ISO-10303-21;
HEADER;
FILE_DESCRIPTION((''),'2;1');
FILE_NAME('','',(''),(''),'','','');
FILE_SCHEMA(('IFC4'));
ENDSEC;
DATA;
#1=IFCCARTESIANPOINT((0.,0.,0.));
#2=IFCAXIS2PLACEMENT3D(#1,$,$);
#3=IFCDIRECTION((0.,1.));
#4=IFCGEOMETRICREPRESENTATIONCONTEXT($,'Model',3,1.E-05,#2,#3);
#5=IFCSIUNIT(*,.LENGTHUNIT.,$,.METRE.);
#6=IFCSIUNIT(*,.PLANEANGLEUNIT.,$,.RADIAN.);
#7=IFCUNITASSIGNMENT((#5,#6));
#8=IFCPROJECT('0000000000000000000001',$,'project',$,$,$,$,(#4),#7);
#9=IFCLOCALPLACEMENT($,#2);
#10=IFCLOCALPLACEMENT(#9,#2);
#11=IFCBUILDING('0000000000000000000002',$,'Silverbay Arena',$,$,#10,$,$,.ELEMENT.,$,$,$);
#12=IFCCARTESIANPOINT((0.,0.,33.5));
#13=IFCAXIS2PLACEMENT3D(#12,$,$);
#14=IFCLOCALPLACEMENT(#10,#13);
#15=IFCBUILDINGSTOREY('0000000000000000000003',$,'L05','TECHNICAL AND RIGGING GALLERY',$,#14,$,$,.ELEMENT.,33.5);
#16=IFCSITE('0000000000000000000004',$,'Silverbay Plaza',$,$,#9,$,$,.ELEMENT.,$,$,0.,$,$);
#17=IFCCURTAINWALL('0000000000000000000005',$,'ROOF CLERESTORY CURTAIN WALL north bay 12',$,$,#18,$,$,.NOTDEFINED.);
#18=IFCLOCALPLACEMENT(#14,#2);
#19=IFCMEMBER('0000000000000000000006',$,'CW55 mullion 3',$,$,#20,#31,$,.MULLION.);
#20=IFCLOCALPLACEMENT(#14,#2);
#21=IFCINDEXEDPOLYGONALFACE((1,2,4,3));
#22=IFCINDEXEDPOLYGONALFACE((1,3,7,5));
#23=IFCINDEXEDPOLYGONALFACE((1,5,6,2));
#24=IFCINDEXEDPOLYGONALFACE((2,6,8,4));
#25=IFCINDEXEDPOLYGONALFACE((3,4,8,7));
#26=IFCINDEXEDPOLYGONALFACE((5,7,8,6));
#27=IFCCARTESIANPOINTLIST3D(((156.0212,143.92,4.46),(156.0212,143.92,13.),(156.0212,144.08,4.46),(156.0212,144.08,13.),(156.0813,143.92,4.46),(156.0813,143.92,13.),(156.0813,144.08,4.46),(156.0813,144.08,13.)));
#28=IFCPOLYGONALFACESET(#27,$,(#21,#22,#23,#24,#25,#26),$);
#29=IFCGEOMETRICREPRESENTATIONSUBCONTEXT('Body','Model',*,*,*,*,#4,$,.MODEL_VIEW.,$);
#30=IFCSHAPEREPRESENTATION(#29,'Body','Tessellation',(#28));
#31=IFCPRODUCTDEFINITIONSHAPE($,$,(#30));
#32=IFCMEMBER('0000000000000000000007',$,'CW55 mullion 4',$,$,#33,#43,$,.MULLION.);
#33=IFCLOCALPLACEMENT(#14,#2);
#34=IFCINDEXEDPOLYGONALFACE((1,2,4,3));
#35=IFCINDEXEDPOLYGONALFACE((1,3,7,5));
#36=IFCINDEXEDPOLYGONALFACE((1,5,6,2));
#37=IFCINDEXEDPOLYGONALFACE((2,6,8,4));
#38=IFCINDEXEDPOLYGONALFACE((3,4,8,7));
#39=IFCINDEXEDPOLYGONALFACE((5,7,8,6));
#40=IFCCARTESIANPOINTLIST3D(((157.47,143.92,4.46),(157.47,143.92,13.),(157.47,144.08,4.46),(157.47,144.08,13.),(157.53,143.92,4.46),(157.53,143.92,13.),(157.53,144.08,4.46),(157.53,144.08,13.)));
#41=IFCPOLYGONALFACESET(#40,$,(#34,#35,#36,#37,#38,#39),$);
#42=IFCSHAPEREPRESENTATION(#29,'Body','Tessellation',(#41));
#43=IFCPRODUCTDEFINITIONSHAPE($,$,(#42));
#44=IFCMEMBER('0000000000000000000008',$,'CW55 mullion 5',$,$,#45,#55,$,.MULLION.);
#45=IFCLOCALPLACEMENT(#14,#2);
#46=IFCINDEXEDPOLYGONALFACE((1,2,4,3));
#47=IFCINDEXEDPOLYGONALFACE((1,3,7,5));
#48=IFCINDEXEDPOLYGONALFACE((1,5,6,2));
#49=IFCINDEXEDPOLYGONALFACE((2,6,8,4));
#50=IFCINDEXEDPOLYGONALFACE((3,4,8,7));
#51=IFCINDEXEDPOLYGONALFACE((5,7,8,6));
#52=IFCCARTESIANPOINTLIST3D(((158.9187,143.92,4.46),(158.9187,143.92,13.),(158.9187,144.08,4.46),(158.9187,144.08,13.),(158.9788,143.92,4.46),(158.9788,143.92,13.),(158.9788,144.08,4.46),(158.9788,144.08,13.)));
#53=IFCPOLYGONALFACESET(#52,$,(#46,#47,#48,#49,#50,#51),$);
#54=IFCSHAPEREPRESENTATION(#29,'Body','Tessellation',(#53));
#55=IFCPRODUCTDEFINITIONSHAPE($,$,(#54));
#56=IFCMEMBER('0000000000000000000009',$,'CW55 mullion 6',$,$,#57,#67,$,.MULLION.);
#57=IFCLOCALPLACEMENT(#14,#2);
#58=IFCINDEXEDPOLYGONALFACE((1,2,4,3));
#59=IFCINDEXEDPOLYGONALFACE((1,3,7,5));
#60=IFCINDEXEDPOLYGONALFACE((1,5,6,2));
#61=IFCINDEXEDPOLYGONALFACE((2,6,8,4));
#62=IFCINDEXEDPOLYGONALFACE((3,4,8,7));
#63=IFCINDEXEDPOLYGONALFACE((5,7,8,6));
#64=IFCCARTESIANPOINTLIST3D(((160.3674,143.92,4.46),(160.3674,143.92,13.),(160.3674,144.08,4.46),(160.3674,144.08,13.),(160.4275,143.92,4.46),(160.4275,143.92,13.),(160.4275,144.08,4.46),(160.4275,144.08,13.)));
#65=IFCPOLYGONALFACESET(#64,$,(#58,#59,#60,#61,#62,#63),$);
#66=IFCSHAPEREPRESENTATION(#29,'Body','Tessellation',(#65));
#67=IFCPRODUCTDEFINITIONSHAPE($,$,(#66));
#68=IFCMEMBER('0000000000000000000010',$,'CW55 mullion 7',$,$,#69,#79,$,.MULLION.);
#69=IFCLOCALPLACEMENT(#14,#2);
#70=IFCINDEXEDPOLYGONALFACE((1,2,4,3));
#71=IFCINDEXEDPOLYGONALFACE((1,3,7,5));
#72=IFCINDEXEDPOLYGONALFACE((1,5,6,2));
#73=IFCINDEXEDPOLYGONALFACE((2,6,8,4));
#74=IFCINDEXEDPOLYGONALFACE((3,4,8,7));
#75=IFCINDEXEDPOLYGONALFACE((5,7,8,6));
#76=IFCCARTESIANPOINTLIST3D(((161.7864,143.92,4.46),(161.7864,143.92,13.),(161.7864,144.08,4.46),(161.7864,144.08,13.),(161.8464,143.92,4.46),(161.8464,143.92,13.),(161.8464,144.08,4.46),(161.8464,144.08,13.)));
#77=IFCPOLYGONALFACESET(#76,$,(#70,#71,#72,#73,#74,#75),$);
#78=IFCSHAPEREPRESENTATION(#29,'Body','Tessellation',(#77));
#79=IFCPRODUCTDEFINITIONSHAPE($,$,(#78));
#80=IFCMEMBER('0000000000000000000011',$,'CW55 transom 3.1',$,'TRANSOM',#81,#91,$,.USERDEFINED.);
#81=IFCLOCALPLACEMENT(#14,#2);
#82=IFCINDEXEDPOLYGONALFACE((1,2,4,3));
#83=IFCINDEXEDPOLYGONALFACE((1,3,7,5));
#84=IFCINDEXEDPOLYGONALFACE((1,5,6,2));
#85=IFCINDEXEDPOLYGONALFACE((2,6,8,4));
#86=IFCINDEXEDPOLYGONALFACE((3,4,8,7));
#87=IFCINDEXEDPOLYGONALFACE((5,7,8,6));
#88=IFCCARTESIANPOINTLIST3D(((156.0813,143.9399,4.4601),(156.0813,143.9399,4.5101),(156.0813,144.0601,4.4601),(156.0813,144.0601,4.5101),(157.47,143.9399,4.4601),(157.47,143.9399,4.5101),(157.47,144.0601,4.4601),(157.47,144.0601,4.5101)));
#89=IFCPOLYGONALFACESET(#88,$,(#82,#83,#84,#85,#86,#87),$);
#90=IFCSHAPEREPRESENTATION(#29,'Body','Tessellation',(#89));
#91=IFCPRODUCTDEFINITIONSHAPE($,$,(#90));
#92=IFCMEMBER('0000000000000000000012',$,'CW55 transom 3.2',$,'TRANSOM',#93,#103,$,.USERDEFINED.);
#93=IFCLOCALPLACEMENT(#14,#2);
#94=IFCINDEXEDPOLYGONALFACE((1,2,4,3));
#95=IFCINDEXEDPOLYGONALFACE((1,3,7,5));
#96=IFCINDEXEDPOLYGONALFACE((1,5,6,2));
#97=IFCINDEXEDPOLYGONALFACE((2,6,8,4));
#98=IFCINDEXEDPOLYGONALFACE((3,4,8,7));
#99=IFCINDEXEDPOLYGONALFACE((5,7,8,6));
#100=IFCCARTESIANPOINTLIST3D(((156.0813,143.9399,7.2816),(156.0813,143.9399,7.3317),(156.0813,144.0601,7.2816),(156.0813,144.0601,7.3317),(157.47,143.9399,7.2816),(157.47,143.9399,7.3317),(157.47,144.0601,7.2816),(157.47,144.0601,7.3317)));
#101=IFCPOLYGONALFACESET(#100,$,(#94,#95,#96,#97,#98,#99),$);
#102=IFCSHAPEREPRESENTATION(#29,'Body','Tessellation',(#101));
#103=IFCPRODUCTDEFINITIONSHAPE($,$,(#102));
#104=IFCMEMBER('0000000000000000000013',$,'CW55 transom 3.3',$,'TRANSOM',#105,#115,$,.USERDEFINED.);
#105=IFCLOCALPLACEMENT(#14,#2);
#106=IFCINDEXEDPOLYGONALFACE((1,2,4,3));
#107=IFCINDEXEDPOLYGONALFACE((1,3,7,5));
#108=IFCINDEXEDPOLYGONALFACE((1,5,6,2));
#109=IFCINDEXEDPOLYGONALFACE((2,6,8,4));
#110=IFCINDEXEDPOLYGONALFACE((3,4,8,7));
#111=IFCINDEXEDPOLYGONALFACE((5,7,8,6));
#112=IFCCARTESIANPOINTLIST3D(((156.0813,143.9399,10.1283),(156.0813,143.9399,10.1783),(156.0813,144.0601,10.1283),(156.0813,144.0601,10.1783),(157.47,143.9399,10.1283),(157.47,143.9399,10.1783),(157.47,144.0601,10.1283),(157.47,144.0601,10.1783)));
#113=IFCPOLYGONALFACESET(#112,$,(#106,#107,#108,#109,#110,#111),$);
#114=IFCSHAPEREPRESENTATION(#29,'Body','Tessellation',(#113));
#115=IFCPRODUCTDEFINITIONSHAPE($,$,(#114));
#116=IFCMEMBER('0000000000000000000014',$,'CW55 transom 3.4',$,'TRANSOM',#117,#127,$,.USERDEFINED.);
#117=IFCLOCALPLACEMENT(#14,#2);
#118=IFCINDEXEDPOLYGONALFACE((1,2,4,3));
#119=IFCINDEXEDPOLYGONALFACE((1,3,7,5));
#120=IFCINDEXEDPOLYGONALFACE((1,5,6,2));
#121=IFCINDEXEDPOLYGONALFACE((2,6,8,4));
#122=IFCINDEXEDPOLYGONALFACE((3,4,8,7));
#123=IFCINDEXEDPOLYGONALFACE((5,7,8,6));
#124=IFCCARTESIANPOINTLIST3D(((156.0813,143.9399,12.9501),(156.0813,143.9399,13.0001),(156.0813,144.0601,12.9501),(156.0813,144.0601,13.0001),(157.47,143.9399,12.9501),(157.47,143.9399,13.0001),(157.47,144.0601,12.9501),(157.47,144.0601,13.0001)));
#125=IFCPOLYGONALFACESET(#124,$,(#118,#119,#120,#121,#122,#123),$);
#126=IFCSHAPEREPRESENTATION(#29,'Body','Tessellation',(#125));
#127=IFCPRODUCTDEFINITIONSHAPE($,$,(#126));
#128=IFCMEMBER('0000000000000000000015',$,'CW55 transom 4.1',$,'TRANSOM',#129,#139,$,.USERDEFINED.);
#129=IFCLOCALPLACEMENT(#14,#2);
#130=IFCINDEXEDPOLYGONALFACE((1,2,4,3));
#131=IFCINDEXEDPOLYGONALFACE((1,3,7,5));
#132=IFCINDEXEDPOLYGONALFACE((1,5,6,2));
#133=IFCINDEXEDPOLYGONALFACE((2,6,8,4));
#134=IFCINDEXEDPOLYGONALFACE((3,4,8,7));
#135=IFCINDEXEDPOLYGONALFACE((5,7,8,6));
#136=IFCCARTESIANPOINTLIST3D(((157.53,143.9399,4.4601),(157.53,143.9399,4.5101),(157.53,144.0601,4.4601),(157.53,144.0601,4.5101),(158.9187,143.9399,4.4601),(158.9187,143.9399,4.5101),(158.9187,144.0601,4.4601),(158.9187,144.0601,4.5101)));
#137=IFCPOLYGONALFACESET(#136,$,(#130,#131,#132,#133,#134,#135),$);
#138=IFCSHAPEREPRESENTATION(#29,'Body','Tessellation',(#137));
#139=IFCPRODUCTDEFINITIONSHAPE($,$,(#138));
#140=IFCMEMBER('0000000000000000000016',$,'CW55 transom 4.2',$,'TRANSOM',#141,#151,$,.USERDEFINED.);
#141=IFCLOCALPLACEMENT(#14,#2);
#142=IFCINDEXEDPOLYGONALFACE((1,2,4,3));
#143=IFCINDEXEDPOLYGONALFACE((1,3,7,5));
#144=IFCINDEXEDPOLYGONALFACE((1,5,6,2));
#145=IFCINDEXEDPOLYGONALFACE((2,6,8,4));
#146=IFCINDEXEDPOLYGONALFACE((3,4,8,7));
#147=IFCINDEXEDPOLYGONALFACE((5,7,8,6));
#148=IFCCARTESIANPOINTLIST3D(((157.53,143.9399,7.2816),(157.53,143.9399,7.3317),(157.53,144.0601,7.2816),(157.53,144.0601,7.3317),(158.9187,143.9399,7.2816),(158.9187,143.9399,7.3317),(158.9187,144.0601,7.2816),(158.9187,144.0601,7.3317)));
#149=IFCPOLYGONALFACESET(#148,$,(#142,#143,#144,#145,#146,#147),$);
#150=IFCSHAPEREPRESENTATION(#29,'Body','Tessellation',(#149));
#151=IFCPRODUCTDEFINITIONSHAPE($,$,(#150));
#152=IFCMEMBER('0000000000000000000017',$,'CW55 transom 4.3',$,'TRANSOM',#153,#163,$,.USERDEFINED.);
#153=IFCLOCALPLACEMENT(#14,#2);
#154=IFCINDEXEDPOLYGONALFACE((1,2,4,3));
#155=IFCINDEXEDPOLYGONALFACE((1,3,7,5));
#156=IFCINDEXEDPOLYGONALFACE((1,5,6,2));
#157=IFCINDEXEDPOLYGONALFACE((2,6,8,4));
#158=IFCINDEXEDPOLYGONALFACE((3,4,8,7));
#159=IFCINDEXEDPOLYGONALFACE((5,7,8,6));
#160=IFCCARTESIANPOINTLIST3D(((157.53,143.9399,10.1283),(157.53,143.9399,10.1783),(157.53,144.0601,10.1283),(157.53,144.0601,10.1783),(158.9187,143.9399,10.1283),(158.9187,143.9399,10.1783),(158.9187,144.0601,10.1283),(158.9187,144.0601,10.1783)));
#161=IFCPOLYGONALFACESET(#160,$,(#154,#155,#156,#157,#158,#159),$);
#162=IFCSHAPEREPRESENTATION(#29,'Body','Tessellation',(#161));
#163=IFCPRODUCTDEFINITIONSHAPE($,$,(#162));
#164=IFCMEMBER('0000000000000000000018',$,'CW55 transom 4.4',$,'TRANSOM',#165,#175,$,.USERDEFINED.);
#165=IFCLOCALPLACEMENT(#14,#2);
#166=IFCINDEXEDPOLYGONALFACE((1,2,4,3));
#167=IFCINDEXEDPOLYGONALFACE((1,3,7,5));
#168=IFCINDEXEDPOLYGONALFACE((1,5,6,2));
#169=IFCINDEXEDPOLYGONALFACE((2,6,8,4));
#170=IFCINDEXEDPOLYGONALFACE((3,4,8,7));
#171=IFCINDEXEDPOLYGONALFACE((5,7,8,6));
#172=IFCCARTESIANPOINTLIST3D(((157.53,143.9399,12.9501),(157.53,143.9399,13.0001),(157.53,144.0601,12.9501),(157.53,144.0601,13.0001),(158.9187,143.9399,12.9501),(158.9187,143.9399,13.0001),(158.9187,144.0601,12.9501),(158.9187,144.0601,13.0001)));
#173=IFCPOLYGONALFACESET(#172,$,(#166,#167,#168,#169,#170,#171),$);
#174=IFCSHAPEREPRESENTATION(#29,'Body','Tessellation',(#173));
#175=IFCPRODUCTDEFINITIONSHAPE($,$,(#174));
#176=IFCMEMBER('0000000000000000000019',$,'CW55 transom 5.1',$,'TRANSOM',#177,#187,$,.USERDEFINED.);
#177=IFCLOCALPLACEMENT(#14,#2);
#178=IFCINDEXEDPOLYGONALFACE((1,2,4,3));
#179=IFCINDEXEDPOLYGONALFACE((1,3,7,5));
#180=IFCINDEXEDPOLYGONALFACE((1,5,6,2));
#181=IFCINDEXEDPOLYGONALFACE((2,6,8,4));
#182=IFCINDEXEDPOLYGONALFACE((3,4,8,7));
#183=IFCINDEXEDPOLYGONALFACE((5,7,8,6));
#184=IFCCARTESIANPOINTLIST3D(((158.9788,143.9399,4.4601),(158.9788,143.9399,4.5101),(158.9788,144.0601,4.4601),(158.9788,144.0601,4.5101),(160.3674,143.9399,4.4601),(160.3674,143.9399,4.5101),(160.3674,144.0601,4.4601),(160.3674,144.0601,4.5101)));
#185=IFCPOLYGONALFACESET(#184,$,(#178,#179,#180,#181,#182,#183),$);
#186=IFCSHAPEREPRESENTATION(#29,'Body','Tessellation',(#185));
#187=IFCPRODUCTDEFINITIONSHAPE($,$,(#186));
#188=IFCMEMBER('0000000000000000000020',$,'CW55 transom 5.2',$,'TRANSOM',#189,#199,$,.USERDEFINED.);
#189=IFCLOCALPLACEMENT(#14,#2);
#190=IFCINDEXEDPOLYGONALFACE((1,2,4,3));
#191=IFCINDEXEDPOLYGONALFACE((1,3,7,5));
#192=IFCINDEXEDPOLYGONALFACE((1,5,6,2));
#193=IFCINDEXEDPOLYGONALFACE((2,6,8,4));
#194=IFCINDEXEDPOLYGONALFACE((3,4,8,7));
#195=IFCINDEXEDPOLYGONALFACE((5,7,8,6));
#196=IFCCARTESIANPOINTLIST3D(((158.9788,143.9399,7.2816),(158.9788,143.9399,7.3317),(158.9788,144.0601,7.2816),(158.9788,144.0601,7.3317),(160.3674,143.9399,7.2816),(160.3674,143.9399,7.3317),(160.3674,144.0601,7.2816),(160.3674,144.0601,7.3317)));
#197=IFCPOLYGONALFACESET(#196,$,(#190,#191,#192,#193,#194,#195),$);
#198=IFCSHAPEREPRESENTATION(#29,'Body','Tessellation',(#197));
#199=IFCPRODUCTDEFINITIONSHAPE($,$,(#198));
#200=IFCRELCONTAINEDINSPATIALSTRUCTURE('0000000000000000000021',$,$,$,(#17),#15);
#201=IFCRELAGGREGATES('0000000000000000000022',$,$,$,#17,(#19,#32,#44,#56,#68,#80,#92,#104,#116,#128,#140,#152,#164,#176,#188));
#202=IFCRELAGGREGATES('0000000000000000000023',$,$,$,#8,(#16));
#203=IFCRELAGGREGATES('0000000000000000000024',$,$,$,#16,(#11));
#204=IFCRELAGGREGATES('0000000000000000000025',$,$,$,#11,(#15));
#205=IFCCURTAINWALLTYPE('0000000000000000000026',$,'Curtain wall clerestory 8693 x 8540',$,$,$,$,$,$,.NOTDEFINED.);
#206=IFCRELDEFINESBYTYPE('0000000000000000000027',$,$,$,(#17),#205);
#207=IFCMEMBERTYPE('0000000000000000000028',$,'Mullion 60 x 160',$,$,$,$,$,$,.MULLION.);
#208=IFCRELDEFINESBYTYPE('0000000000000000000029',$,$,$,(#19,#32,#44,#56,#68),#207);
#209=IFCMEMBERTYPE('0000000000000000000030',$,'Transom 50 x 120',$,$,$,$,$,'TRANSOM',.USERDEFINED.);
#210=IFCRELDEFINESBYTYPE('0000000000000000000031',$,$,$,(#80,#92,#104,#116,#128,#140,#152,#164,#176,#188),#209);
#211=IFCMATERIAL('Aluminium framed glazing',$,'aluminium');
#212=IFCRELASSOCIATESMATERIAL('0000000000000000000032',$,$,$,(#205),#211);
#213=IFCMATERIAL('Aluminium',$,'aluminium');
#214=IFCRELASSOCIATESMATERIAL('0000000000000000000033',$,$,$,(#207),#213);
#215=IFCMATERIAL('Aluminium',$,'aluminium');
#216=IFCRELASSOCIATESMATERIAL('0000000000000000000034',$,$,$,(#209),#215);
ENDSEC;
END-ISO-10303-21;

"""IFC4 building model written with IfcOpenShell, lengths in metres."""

from ifc_helpers import new_model, si_unit, direction, frame, origin, origin_2d, place, context, subcontext, project, spatial, rectangle, extrude, material, material_profile, profile_set, type_object, element, aggregate, save


model = new_model("IFC4")

# Units and contexts
model_context = context("Model", 3, precision=1e-05, world=origin(), true_north=direction((0.0, 1.0)))
body_context = subcontext(model_context, "Body", "Model", "MODEL_VIEW")
ifc_project = project(units=[si_unit("LENGTHUNIT", "METRE"), si_unit("PLANEANGLEUNIT", "RADIAN")], contexts=[model_context])

# Site, building, storey
site_placement = place(None, origin())
site = spatial("IfcSite", under=ifc_project, at=site_placement, Name="Silverbay Plaza", CompositionType="ELEMENT", RefElevation=0.0)
building_placement = place(site_placement, origin())
building = spatial("IfcBuilding", under=site, at=building_placement, Name="Silverbay Arena", CompositionType="ELEMENT")
storey_placement = place(building_placement, frame((0.0, 0.0, 33.5)))
storey = spatial("IfcBuildingStorey", under=building, at=storey_placement, Name="L05", Description="TECHNICAL AND RIGGING GALLERY", CompositionType="ELEMENT", Elevation=33.5)

# Curtain wall, members
ifc_material_1 = material(Name="Aluminium framed glazing", Category="aluminium")
curtain_wall_type = type_object("IfcCurtainWallType", Name="Curtain wall clerestory 8693 x 8540", PredefinedType="NOTDEFINED", material=ifc_material_1)
curtain_wall_placement = place(storey_placement, origin())
curtain_wall = element("IfcCurtainWall", 1, at=curtain_wall_placement, inside=storey, type_object=curtain_wall_type, Name="ROOF CLERESTORY CURTAIN WALL north bay 12", PredefinedType="NOTDEFINED")
ifc_material_2 = material(Name="Aluminium", Category="aluminium")
ifc_material_profile_1 = material_profile(ifc_material_2, rectangle(XDim=0.1599, YDim=0.0601, at=origin_2d()), Name="Mullion 60 x 160")
ifc_profile_set_1 = profile_set([ifc_material_profile_1], Name="Aluminium")
member_type_1 = type_object("IfcMemberType", Name="Mullion 60 x 160", PredefinedType="MULLION", material=ifc_profile_set_1)
member_1_placement = place(storey_placement, frame((156.0513, 144.0, 4.46), z_axis=(0.0, 0.0, 1.0), x_axis=(0.0, 1.0, 0.0)))
member_1 = element("IfcMember", 2, at=member_1_placement, type_object=member_type_1, Name="CW55 mullion 3", PredefinedType="MULLION", context=body_context, shape_type="SweptSolid", body=[
    extrude(rectangle(XDim=0.1599, YDim=0.0601, at=origin_2d()), origin(), (0.0, 0.0, 1.0), 8.54),
])
member_2_placement = place(storey_placement, frame((157.5, 144.0, 4.46), z_axis=(0.0, 0.0, 1.0), x_axis=(0.0, 1.0, 0.0)))
member_2 = element("IfcMember", 3, at=member_2_placement, type_object=member_type_1, Name="CW55 mullion 4", PredefinedType="MULLION", context=body_context, shape_type="SweptSolid", body=[
    extrude(rectangle(XDim=0.1599, YDim=0.0601, at=origin_2d()), origin(), (0.0, 0.0, 1.0), 8.54),
])
member_3_placement = place(storey_placement, frame((158.9487, 144.0, 4.46), z_axis=(0.0, 0.0, 1.0), x_axis=(0.0, 1.0, 0.0)))
member_3 = element("IfcMember", 4, at=member_3_placement, type_object=member_type_1, Name="CW55 mullion 5", PredefinedType="MULLION", context=body_context, shape_type="SweptSolid", body=[
    extrude(rectangle(XDim=0.1599, YDim=0.0601, at=origin_2d()), origin(), (0.0, 0.0, 1.0), 8.54),
])
member_4_placement = place(storey_placement, frame((160.3975, 144.0, 4.46), z_axis=(0.0, 0.0, 1.0), x_axis=(0.0, 1.0, 0.0)))
member_4 = element("IfcMember", 5, at=member_4_placement, type_object=member_type_1, Name="CW55 mullion 6", PredefinedType="MULLION", context=body_context, shape_type="SweptSolid", body=[
    extrude(rectangle(XDim=0.1599, YDim=0.0601, at=origin_2d()), origin(), (0.0, 0.0, 1.0), 8.54),
])
member_5_placement = place(storey_placement, frame((161.8164, 144.0, 4.46), z_axis=(0.0, 0.0, 1.0), x_axis=(0.0, 1.0, 0.0)))
member_5 = element("IfcMember", 6, at=member_5_placement, type_object=member_type_1, Name="CW55 mullion 7", PredefinedType="MULLION", context=body_context, shape_type="SweptSolid", body=[
    extrude(rectangle(XDim=0.1599, YDim=0.0601, at=origin_2d()), origin(), (0.0, 0.0, 1.0), 8.54),
])
ifc_material_3 = material(Name="Aluminium", Category="aluminium")
ifc_material_profile_2 = material_profile(ifc_material_3, rectangle(XDim=0.1201, YDim=0.05, at=origin_2d()), Name="Transom 50 x 120")
ifc_profile_set_2 = profile_set([ifc_material_profile_2], Name="Aluminium")
member_type_2 = type_object("IfcMemberType", Name="Transom 50 x 120", ElementType="TRANSOM", PredefinedType="USERDEFINED", material=ifc_profile_set_2)
member_6_placement = place(storey_placement, frame((156.0813, 144.0, 4.4851), z_axis=(1.0, 0.0, 0.0), x_axis=(0.0, 1.0, 0.0)))
member_6 = element("IfcMember", 7, at=member_6_placement, type_object=member_type_2, Name="CW55 transom 3.1", ObjectType="TRANSOM", PredefinedType="USERDEFINED", context=body_context, shape_type="SweptSolid", body=[
    extrude(rectangle(XDim=0.1201, YDim=0.05, at=origin_2d()), origin(), (0.0, 0.0, 1.0), 1.3887),
])
member_7_placement = place(storey_placement, frame((156.0813, 144.0, 7.3066), z_axis=(1.0, 0.0, 0.0), x_axis=(0.0, 1.0, 0.0)))
member_7 = element("IfcMember", 8, at=member_7_placement, type_object=member_type_2, Name="CW55 transom 3.2", ObjectType="TRANSOM", PredefinedType="USERDEFINED", context=body_context, shape_type="SweptSolid", body=[
    extrude(rectangle(XDim=0.1201, YDim=0.05, at=origin_2d()), origin(), (0.0, 0.0, 1.0), 1.3887),
])
member_8_placement = place(storey_placement, frame((156.0813, 144.0, 10.1533), z_axis=(1.0, 0.0, 0.0), x_axis=(0.0, 1.0, 0.0)))
member_8 = element("IfcMember", 9, at=member_8_placement, type_object=member_type_2, Name="CW55 transom 3.3", ObjectType="TRANSOM", PredefinedType="USERDEFINED", context=body_context, shape_type="SweptSolid", body=[
    extrude(rectangle(XDim=0.1201, YDim=0.05, at=origin_2d()), origin(), (0.0, 0.0, 1.0), 1.3887),
])
member_9_placement = place(storey_placement, frame((156.0813, 144.0, 12.9751), z_axis=(1.0, 0.0, 0.0), x_axis=(0.0, 1.0, 0.0)))
member_9 = element("IfcMember", 10, at=member_9_placement, type_object=member_type_2, Name="CW55 transom 3.4", ObjectType="TRANSOM", PredefinedType="USERDEFINED", context=body_context, shape_type="SweptSolid", body=[
    extrude(rectangle(XDim=0.1201, YDim=0.05, at=origin_2d()), origin(), (0.0, 0.0, 1.0), 1.3887),
])
member_10_placement = place(storey_placement, frame((157.53, 144.0, 4.4851), z_axis=(1.0, 0.0, 0.0), x_axis=(0.0, 1.0, 0.0)))
member_10 = element("IfcMember", 11, at=member_10_placement, type_object=member_type_2, Name="CW55 transom 4.1", ObjectType="TRANSOM", PredefinedType="USERDEFINED", context=body_context, shape_type="SweptSolid", body=[
    extrude(rectangle(XDim=0.1201, YDim=0.05, at=origin_2d()), origin(), (0.0, 0.0, 1.0), 1.3887),
])
member_11_placement = place(storey_placement, frame((157.53, 144.0, 7.3066), z_axis=(1.0, 0.0, 0.0), x_axis=(0.0, 1.0, 0.0)))
member_11 = element("IfcMember", 12, at=member_11_placement, type_object=member_type_2, Name="CW55 transom 4.2", ObjectType="TRANSOM", PredefinedType="USERDEFINED", context=body_context, shape_type="SweptSolid", body=[
    extrude(rectangle(XDim=0.1201, YDim=0.05, at=origin_2d()), origin(), (0.0, 0.0, 1.0), 1.3887),
])
member_12_placement = place(storey_placement, frame((157.53, 144.0, 10.1533), z_axis=(1.0, 0.0, 0.0), x_axis=(0.0, 1.0, 0.0)))
member_12 = element("IfcMember", 13, at=member_12_placement, type_object=member_type_2, Name="CW55 transom 4.3", ObjectType="TRANSOM", PredefinedType="USERDEFINED", context=body_context, shape_type="SweptSolid", body=[
    extrude(rectangle(XDim=0.1201, YDim=0.05, at=origin_2d()), origin(), (0.0, 0.0, 1.0), 1.3887),
])
member_13_placement = place(storey_placement, frame((157.53, 144.0, 12.9751), z_axis=(1.0, 0.0, 0.0), x_axis=(0.0, 1.0, 0.0)))
member_13 = element("IfcMember", 14, at=member_13_placement, type_object=member_type_2, Name="CW55 transom 4.4", ObjectType="TRANSOM", PredefinedType="USERDEFINED", context=body_context, shape_type="SweptSolid", body=[
    extrude(rectangle(XDim=0.1201, YDim=0.05, at=origin_2d()), origin(), (0.0, 0.0, 1.0), 1.3887),
])
member_14_placement = place(storey_placement, frame((158.9788, 144.0, 4.4851), z_axis=(1.0, 0.0, 0.0), x_axis=(0.0, 1.0, 0.0)))
member_14 = element("IfcMember", 15, at=member_14_placement, type_object=member_type_2, Name="CW55 transom 5.1", ObjectType="TRANSOM", PredefinedType="USERDEFINED", context=body_context, shape_type="SweptSolid", body=[
    extrude(rectangle(XDim=0.1201, YDim=0.05, at=origin_2d()), origin(), (0.0, 0.0, 1.0), 1.3887),
])
member_15_placement = place(storey_placement, frame((158.9788, 144.0, 7.3066), z_axis=(1.0, 0.0, 0.0), x_axis=(0.0, 1.0, 0.0)))
member_15 = element("IfcMember", 16, at=member_15_placement, type_object=member_type_2, Name="CW55 transom 5.2", ObjectType="TRANSOM", PredefinedType="USERDEFINED", context=body_context, shape_type="SweptSolid", body=[
    extrude(rectangle(XDim=0.1201, YDim=0.05, at=origin_2d()), origin(), (0.0, 0.0, 1.0), 1.3887),
])
aggregate(curtain_wall, [member_1, member_2, member_3, member_4, member_5, member_6, member_7, member_8, member_9, member_10, member_11, member_12, member_13, member_14, member_15])

save(model, "model.ifc")
